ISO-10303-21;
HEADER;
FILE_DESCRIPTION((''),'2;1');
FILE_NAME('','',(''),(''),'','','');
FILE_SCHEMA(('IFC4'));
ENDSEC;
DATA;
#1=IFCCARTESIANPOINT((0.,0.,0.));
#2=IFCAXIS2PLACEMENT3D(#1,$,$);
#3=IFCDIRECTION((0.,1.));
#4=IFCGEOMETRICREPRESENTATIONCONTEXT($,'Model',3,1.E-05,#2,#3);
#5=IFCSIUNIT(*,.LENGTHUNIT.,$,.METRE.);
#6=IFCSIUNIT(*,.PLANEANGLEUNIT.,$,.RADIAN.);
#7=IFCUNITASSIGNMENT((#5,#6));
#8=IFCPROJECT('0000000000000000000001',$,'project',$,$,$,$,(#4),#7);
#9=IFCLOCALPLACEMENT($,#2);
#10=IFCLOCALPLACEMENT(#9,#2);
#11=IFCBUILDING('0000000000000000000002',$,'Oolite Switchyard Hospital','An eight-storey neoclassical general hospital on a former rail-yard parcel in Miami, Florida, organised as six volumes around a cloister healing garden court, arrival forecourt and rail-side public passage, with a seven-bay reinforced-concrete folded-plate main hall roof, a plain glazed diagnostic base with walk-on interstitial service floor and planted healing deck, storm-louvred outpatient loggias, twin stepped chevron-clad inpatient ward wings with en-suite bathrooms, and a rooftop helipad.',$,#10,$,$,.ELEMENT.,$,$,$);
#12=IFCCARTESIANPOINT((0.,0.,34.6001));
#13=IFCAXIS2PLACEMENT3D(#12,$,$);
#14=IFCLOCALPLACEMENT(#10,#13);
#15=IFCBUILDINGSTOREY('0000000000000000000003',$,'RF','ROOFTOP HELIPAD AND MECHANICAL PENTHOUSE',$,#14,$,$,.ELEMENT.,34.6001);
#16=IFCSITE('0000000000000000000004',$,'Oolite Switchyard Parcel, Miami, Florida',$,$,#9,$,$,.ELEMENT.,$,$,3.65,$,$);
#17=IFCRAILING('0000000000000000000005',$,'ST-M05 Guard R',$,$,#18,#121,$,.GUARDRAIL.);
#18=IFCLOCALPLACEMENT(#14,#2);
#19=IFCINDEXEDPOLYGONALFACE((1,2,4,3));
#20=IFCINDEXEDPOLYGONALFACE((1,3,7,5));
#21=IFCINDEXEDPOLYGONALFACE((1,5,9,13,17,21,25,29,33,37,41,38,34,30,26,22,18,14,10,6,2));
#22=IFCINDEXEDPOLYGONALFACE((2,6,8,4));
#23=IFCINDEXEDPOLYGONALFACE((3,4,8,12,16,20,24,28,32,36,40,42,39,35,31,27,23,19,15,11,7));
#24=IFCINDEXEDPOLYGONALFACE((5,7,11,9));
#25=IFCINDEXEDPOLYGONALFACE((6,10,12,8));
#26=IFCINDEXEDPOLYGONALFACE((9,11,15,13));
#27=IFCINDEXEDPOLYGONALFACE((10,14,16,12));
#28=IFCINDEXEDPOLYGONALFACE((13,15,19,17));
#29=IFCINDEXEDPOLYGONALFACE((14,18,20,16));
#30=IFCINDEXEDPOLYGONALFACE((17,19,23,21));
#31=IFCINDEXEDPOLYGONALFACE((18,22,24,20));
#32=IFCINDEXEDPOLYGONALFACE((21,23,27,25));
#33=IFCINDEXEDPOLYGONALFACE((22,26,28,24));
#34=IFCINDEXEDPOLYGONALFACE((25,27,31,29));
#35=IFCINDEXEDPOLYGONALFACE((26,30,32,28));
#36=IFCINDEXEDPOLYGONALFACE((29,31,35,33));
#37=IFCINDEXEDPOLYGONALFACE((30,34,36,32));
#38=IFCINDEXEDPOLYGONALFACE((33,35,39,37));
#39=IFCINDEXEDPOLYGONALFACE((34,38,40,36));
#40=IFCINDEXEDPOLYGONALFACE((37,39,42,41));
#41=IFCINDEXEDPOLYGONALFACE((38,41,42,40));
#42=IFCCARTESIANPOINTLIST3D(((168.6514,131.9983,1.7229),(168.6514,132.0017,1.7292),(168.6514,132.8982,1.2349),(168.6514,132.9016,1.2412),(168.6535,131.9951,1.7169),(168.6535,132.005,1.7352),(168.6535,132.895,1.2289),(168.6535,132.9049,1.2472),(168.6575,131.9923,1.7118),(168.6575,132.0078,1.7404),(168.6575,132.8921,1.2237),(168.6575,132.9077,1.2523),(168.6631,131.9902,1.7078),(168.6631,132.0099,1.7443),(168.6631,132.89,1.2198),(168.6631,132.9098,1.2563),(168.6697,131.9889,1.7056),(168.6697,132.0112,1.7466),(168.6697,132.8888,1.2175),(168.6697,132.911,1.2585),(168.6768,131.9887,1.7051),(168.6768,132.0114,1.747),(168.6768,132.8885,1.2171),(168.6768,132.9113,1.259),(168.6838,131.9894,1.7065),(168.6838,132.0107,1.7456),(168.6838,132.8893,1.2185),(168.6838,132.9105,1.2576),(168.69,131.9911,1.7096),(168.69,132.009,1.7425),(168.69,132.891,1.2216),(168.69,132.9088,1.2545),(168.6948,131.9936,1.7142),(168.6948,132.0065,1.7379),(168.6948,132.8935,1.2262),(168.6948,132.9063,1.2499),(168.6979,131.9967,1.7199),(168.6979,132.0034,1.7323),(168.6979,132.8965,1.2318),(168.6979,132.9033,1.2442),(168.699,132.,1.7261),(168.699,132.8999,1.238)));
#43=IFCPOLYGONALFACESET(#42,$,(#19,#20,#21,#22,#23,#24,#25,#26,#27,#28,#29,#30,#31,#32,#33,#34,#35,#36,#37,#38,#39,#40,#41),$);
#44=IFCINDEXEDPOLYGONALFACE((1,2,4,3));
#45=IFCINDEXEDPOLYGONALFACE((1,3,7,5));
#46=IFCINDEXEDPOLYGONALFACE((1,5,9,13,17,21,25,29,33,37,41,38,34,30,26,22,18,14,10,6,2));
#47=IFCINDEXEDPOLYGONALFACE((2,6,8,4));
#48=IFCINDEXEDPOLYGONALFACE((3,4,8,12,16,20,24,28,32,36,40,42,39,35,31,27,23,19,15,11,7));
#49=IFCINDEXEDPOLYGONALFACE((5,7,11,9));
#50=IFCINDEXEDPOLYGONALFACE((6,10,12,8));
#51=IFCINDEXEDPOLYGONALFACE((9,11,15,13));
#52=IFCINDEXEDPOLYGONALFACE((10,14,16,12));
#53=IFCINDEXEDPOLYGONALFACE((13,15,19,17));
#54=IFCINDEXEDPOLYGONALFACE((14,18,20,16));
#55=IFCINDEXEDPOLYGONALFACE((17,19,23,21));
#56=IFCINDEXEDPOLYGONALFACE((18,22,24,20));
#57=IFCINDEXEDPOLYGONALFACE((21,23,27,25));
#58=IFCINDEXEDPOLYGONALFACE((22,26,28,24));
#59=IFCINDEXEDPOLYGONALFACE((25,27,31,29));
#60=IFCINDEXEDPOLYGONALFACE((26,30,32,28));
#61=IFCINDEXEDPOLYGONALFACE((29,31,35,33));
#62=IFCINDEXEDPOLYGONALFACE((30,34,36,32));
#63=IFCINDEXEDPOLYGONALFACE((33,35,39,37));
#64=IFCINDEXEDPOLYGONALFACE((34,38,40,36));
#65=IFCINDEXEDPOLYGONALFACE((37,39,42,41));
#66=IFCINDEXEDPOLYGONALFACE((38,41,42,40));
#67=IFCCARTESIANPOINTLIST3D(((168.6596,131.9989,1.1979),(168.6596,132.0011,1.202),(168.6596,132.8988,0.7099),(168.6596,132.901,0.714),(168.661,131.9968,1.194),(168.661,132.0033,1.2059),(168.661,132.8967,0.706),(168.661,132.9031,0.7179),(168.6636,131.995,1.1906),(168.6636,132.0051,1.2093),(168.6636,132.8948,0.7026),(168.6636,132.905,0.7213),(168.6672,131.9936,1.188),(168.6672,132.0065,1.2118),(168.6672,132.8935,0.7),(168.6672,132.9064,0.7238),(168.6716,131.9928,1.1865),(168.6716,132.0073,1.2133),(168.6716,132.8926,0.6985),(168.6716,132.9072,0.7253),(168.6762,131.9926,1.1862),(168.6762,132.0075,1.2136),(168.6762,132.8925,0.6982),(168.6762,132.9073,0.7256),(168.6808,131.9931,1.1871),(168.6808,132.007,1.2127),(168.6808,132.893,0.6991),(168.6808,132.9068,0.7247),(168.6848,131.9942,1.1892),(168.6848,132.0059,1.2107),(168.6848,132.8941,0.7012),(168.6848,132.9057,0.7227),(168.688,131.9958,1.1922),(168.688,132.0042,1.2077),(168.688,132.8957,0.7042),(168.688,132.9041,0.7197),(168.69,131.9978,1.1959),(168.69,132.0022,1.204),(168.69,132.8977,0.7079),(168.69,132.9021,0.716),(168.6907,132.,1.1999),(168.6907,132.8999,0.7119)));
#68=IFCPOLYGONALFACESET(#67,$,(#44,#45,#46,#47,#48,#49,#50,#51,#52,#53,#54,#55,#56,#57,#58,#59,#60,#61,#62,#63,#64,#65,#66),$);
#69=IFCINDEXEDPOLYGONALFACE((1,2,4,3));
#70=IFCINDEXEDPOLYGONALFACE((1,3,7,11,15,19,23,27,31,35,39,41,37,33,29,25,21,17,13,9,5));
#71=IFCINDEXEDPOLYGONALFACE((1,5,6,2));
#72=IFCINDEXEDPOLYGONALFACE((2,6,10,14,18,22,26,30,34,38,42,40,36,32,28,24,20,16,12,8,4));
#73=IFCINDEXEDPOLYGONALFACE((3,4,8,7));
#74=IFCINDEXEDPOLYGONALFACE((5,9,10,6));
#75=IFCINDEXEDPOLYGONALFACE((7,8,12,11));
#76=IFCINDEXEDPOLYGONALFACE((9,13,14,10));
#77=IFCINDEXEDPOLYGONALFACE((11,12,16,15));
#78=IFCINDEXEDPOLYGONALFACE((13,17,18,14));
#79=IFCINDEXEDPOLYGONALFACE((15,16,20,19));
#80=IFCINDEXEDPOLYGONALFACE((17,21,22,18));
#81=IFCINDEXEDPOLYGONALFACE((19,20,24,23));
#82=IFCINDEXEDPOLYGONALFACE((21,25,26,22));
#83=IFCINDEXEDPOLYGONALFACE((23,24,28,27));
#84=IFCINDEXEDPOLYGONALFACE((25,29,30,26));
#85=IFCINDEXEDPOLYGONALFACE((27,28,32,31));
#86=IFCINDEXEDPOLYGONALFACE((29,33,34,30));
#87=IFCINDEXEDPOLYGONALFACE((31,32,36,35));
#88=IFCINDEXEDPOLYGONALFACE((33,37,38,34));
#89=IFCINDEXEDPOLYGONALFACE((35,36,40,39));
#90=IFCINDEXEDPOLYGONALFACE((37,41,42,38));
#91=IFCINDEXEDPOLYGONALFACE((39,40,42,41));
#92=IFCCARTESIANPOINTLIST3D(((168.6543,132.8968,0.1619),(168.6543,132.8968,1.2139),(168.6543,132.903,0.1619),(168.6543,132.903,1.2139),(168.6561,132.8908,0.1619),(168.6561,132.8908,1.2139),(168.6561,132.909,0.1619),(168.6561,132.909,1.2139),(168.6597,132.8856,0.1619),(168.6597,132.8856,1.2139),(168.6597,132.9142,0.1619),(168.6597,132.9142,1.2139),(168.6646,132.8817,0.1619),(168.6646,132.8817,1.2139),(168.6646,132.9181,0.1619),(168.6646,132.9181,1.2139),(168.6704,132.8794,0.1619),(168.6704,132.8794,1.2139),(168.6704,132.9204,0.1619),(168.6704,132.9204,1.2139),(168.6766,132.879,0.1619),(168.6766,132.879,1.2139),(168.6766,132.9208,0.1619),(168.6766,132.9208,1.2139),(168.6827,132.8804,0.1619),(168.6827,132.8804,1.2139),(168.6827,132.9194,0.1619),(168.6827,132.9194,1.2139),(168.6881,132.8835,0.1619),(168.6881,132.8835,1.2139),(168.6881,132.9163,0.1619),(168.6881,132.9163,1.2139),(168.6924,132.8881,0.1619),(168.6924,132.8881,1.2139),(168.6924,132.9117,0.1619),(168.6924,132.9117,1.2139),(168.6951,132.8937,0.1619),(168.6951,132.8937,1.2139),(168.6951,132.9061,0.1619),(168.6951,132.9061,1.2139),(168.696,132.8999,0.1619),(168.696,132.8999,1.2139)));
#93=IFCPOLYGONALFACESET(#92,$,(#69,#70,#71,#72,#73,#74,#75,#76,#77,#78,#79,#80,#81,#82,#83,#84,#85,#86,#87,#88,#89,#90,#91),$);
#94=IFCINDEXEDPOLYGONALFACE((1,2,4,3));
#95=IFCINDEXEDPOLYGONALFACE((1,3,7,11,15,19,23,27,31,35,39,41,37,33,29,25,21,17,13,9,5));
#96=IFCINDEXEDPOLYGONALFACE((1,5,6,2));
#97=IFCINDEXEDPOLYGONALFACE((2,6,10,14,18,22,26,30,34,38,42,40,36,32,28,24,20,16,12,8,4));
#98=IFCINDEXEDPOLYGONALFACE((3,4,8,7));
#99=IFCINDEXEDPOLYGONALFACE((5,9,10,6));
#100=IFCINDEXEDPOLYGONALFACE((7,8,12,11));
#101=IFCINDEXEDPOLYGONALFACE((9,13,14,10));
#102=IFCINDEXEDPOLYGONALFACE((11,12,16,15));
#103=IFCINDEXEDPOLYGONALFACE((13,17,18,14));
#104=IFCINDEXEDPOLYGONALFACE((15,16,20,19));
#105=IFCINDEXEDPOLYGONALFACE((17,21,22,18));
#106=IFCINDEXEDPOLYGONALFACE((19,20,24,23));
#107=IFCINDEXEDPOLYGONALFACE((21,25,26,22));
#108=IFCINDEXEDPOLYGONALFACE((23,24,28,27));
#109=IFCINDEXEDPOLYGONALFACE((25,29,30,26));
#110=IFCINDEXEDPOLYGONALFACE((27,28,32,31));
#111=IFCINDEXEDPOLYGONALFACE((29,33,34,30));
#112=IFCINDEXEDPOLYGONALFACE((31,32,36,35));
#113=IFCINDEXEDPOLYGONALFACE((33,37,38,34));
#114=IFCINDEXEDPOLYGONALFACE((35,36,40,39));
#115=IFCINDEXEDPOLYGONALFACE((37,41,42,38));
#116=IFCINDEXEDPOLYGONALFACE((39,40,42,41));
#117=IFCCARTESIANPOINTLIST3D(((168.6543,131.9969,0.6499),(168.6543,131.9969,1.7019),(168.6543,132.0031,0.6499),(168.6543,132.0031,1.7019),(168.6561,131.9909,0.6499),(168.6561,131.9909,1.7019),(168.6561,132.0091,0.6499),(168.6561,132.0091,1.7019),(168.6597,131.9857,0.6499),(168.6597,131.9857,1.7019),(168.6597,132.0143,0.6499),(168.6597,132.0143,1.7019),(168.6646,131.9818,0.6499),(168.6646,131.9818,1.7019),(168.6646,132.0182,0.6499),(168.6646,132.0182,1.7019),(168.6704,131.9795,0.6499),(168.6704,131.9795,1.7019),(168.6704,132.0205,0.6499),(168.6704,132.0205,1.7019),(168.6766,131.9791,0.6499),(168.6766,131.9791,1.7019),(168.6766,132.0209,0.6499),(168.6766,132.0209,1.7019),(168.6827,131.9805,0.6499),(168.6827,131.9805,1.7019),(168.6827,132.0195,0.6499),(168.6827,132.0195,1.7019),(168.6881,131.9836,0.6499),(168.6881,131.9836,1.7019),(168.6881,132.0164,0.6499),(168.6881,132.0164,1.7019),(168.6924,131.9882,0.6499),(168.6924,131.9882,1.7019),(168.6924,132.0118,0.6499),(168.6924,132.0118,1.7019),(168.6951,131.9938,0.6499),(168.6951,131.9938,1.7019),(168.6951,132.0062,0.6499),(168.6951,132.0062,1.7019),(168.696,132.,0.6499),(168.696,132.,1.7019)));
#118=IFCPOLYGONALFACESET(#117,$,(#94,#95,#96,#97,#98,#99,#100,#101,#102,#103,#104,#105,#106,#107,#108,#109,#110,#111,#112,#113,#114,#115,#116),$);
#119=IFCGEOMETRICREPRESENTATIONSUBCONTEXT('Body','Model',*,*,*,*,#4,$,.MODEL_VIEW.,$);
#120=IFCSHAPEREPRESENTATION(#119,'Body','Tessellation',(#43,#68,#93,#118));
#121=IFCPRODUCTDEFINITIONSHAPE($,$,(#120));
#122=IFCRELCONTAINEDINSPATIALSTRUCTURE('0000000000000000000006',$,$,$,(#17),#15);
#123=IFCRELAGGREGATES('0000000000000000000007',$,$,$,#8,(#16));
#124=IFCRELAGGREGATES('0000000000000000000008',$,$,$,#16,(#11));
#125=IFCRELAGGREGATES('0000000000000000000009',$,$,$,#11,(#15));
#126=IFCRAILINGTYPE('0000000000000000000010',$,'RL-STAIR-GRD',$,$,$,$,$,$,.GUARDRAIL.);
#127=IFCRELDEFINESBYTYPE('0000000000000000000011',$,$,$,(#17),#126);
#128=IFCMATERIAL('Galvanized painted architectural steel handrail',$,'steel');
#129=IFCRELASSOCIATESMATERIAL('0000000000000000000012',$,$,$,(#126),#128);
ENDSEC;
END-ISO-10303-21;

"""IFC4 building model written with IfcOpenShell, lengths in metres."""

from ifc_helpers import new_model, si_unit, direction, frame, origin, origin_2d, place, context, subcontext, project, spatial, circle, extrude, material, type_object, element, save


model = new_model("IFC4")

# Units and contexts
model_context = context("Model", 3, precision=1e-05, world=origin(), true_north=direction((0.0, 1.0)))
body_context = subcontext(model_context, "Body", "Model", "MODEL_VIEW")
ifc_project = project(units=[si_unit("LENGTHUNIT", "METRE"), si_unit("PLANEANGLEUNIT", "RADIAN")], contexts=[model_context])

# Site, building, storey
site_placement = place(None, origin())
site = spatial("IfcSite", under=ifc_project, at=site_placement, Name="Oolite Switchyard Parcel, Miami, Florida", CompositionType="ELEMENT", RefElevation=3.65)
building_placement = place(site_placement, origin())
building = spatial("IfcBuilding", under=site, at=building_placement, Name="Oolite Switchyard Hospital", Description="An eight-storey neoclassical general hospital on a former rail-yard parcel in Miami, Florida, organised as six volumes around a cloister healing garden court, arrival forecourt and rail-side public passage, with a seven-bay reinforced-concrete folded-plate main hall roof, a plain glazed diagnostic base with walk-on interstitial service floor and planted healing deck, storm-louvred outpatient loggias, twin stepped chevron-clad inpatient ward wings with en-suite bathrooms, and a rooftop helipad.", CompositionType="ELEMENT")
storey_placement = place(building_placement, frame((0.0, 0.0, 34.6001)))
storey = spatial("IfcBuildingStorey", under=building, at=storey_placement, Name="RF", Description="ROOFTOP HELIPAD AND MECHANICAL PENTHOUSE", CompositionType="ELEMENT", Elevation=34.6001)

# Railing
ifc_material_1 = material(Name="Galvanized painted architectural steel handrail", Category="steel")
railing_type_1 = type_object("IfcRailingType", Name="RL-STAIR-GRD", PredefinedType="GUARDRAIL", material=ifc_material_1)
for number, where, name in (
    (1, (168.675, 132.8999, 0.1619), "ST-M05 Guard R"),
):
    element("IfcRailing", number, at=place(storey_placement, frame(where)), inside=storey, type_object=railing_type_1, Name=name, PredefinedType="GUARDRAIL", context=body_context, shape_type="SweptSolid", body=[
        extrude(circle(Radius=0.0239, at=origin_2d()), frame((0.0, 0.0, 1.0762), z_axis=(0.0, -0.87905, 0.476729), x_axis=(1.0, 0.0, 0.0)), (0.0, 0.0, 1.0), 1.0237),
        extrude(circle(Radius=0.0156, at=origin_2d()), frame((0.0, 0.0, 0.55), z_axis=(0.0, -0.87905, 0.476729), x_axis=(1.0, 0.0, 0.0)), (0.0, 0.0, 1.0), 1.0237),
        extrude(circle(Radius=0.021, at=origin_2d()), origin(), (0.0, 0.0, 1.0), 1.052),
        extrude(circle(Radius=0.021, at=origin_2d()), frame((0.0, -0.8999, 0.488)), (0.0, 0.0, 1.0), 1.052),
    ])

save(model, "model.ifc")
